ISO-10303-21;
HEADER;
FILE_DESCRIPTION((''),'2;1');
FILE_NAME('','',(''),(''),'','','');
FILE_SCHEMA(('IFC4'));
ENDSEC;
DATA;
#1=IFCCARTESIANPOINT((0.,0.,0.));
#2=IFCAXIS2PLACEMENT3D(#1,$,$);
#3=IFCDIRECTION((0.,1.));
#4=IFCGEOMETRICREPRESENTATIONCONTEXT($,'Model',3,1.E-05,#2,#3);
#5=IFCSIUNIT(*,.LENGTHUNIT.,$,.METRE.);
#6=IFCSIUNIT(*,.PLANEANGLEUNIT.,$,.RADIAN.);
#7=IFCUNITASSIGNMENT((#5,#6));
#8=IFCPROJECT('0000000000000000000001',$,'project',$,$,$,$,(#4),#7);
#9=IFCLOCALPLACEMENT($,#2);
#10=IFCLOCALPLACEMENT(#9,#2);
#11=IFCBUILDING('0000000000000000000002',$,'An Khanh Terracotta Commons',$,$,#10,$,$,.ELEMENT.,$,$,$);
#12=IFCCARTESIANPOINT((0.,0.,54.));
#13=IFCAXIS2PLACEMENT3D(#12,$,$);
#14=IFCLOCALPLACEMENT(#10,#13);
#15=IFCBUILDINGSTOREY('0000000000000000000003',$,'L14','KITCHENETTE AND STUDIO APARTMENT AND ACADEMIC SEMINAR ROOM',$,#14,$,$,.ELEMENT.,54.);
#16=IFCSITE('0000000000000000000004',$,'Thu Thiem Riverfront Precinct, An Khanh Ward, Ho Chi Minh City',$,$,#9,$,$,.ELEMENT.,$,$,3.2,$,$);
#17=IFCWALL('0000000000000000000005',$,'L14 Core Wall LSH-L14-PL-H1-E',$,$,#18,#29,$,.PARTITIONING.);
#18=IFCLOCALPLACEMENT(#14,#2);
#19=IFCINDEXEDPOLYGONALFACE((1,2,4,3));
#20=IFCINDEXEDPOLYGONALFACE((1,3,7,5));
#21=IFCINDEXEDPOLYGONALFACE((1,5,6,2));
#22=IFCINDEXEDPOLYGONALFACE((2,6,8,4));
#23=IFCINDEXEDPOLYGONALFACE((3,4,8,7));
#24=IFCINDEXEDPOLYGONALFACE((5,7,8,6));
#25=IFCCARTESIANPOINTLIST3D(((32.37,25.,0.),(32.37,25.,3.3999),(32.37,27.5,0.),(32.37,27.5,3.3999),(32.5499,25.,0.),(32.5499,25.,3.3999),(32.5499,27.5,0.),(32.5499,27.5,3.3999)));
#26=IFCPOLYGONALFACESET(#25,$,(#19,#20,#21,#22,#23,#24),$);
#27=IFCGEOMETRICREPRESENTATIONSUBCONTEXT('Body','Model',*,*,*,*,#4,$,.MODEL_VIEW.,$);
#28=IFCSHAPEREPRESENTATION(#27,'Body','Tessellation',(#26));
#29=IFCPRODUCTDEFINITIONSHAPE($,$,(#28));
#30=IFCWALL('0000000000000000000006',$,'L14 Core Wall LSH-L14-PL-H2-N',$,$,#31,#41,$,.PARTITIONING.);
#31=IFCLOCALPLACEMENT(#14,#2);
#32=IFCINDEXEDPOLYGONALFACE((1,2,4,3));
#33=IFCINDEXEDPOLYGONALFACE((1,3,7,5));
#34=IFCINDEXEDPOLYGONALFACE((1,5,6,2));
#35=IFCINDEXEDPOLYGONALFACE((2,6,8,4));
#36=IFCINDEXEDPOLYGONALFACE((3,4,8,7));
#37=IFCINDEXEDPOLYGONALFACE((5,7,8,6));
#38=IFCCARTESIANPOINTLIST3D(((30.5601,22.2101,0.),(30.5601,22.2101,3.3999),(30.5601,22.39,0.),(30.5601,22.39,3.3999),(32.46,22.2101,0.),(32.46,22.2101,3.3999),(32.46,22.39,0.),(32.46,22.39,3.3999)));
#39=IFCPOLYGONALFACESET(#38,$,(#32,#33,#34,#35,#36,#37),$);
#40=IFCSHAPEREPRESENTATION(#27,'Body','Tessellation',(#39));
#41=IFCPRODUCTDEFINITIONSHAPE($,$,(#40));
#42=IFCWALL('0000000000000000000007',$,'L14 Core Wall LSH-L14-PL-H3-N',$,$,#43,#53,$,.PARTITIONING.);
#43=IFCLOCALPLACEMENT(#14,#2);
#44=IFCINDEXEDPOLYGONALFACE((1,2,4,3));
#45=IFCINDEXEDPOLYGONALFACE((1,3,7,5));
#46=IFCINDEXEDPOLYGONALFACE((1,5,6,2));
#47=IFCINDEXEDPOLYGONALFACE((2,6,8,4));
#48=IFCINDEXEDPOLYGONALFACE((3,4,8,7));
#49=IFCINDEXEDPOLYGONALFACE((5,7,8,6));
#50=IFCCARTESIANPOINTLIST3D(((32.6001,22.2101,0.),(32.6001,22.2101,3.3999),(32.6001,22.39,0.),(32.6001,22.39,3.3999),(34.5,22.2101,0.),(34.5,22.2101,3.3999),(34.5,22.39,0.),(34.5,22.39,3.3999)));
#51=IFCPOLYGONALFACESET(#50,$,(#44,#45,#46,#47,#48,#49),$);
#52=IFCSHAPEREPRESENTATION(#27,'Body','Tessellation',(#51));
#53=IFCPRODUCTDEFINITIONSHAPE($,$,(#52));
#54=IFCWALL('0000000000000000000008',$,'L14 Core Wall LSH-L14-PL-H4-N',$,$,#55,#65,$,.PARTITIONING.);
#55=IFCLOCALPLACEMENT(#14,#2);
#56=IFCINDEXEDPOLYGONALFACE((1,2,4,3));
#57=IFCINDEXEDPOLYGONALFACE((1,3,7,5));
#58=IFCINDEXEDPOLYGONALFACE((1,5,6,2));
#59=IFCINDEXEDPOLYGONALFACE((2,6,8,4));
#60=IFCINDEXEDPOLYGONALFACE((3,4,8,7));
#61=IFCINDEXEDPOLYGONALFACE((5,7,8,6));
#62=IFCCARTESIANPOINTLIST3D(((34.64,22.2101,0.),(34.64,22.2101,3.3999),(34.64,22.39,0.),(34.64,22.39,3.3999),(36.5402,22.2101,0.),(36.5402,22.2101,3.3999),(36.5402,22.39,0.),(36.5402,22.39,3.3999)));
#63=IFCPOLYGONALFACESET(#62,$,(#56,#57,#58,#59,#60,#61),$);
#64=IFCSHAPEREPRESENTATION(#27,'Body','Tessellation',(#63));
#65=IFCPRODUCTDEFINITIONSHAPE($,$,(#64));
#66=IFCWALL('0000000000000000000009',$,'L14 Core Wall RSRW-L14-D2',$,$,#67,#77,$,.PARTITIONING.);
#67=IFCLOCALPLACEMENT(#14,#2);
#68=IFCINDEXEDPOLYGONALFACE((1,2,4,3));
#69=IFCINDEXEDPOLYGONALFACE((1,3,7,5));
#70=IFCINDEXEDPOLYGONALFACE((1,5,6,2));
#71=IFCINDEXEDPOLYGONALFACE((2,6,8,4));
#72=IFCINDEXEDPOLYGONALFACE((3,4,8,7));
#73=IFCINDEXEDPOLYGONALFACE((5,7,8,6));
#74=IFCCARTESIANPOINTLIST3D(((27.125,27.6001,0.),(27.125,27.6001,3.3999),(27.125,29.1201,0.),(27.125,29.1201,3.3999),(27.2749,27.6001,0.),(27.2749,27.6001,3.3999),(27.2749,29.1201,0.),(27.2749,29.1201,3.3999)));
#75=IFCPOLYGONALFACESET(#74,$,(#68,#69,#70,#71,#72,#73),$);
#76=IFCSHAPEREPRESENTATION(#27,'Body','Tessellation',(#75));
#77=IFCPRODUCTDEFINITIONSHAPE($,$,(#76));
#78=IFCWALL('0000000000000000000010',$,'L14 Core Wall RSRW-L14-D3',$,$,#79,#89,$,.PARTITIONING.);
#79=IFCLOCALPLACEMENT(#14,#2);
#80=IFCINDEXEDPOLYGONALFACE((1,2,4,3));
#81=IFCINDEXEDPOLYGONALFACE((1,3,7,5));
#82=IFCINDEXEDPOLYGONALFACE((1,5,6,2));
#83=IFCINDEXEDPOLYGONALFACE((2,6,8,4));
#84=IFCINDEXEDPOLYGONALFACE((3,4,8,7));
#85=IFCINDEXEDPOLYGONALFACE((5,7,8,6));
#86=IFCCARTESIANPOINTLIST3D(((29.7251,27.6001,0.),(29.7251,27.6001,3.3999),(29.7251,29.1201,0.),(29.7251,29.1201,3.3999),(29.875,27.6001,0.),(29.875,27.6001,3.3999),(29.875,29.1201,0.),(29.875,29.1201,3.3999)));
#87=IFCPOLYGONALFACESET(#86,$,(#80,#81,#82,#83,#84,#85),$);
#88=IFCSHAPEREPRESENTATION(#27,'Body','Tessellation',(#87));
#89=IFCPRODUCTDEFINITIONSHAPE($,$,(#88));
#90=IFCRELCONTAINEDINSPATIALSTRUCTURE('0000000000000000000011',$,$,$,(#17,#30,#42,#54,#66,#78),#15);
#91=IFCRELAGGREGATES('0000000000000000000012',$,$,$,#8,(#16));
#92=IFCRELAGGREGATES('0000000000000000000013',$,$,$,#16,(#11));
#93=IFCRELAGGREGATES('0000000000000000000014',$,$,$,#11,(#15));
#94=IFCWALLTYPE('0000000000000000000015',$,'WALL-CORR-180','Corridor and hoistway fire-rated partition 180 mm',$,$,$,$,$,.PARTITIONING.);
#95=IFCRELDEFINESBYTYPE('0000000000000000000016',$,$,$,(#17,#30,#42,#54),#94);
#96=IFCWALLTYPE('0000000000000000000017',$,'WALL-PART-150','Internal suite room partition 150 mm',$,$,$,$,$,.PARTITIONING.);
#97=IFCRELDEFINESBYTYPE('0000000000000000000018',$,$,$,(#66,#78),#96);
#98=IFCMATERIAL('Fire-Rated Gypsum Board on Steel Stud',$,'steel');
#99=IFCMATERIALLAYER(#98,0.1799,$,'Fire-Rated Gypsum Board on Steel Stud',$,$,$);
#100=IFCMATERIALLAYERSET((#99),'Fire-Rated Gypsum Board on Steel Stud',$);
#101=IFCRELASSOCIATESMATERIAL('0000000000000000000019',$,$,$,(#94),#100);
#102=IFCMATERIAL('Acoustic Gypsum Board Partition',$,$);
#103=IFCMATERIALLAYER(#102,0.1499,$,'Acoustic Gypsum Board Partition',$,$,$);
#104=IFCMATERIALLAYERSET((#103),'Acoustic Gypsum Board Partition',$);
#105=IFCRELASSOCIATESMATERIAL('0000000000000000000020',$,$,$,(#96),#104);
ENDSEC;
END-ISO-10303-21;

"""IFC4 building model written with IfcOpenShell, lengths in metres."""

from ifc_helpers import new_model, si_unit, direction, frame, frame_2d, origin, place, context, subcontext, project, spatial, rectangle, extrude, material, layer, layer_set, type_object, element, save


model = new_model("IFC4")

# Units and contexts
model_context = context("Model", 3, precision=1e-05, world=origin(), true_north=direction((0.0, 1.0)))
body_context = subcontext(model_context, "Body", "Model", "MODEL_VIEW")
ifc_project = project(units=[si_unit("LENGTHUNIT", "METRE"), si_unit("PLANEANGLEUNIT", "RADIAN")], contexts=[model_context])

# Site, building, storey
site_placement = place(None, origin())
site = spatial("IfcSite", under=ifc_project, at=site_placement, Name="Thu Thiem Riverfront Precinct, An Khanh Ward, Ho Chi Minh City", CompositionType="ELEMENT", RefElevation=3.2)
building_placement = place(site_placement, origin())
building = spatial("IfcBuilding", under=site, at=building_placement, Name="An Khanh Terracotta Commons", CompositionType="ELEMENT")
storey_placement = place(building_placement, frame((0.0, 0.0, 54.0)))
storey = spatial("IfcBuildingStorey", under=building, at=storey_placement, Name="L14", Description="KITCHENETTE AND STUDIO APARTMENT AND ACADEMIC SEMINAR ROOM", CompositionType="ELEMENT", Elevation=54.0)

# Shared definitions
ifc_material_1 = material(Name="Fire-Rated Gypsum Board on Steel Stud", Category="steel")
ifc_layer_1 = layer(ifc_material_1, 0.1799, Name="Fire-Rated Gypsum Board on Steel Stud")
ifc_layer_set_1 = layer_set([ifc_layer_1], Name="Fire-Rated Gypsum Board on Steel Stud")
wall_type_1 = type_object("IfcWallType", Name="WALL-CORR-180", Description="Corridor and hoistway fire-rated partition 180 mm", PredefinedType="PARTITIONING", material=ifc_layer_set_1)

# Walls
wall_1_placement = place(storey_placement, frame((32.46, 25.0, 0.0), z_axis=(0.0, 0.0, 1.0), x_axis=(0.0, 1.0, 0.0)))
element("IfcWall", 1, at=wall_1_placement, inside=storey, type_object=wall_type_1, Name="L14 Core Wall LSH-L14-PL-H1-E", PredefinedType="PARTITIONING", context=body_context, shape_type="SweptSolid", body=[
    extrude(rectangle(XDim=2.5, YDim=0.1799, at=frame_2d((1.25, 0.0))), origin(), (0.0, 0.0, 1.0), 3.3999),
])
for number, where, z_axis, x_axis, name in (
    (2, (30.5601, 22.3, 0.0), (0.0, 0.0, 1.0), (1.0, 0.0, 0.0), "L14 Core Wall LSH-L14-PL-H2-N"),
    (3, (32.6001, 22.3, 0.0), (0.0, 0.0, 1.0), (1.0, 0.0, 0.0), "L14 Core Wall LSH-L14-PL-H3-N"),
):
    element("IfcWall", number, at=place(storey_placement, frame(where, z_axis=z_axis, x_axis=x_axis)), inside=storey, type_object=wall_type_1, Name=name, PredefinedType="PARTITIONING", context=body_context, shape_type="SweptSolid", body=[
        extrude(rectangle(XDim=1.8999, YDim=0.1799, at=frame_2d((0.95, 0.0))), origin(), (0.0, 0.0, 1.0), 3.3999),
    ])
wall_2_placement = place(storey_placement, frame((34.6399, 22.3, 0.0), z_axis=(0.0, 0.0, 1.0), x_axis=(1.0, 0.0, 0.0)))
element("IfcWall", 4, at=wall_2_placement, inside=storey, type_object=wall_type_1, Name="L14 Core Wall LSH-L14-PL-H4-N", PredefinedType="PARTITIONING", context=body_context, shape_type="SweptSolid", body=[
    extrude(rectangle(XDim=1.9001, YDim=0.1799, at=frame_2d((0.9502, 0.0))), origin(), (0.0, 0.0, 1.0), 3.3999),
])
ifc_material_2 = material(Name="Acoustic Gypsum Board Partition")
ifc_layer_2 = layer(ifc_material_2, 0.1499, Name="Acoustic Gypsum Board Partition")
ifc_layer_set_2 = layer_set([ifc_layer_2], Name="Acoustic Gypsum Board Partition")
wall_type_2 = type_object("IfcWallType", Name="WALL-PART-150", Description="Internal suite room partition 150 mm", PredefinedType="PARTITIONING", material=ifc_layer_set_2)
for number, where, z_axis, x_axis, name in (
    (5, (27.2, 27.6001, 0.0), (0.0, 0.0, 1.0), (0.0, 1.0, 0.0), "L14 Core Wall RSRW-L14-D2"),
    (6, (29.8, 27.6001, 0.0), (0.0, 0.0, 1.0), (0.0, 1.0, 0.0), "L14 Core Wall RSRW-L14-D3"),
):
    element("IfcWall", number, at=place(storey_placement, frame(where, z_axis=z_axis, x_axis=x_axis)), inside=storey, type_object=wall_type_2, Name=name, PredefinedType="PARTITIONING", context=body_context, shape_type="SweptSolid", body=[
        extrude(rectangle(XDim=1.52, YDim=0.1499, at=frame_2d((0.76, 0.0))), origin(), (0.0, 0.0, 1.0), 3.3999),
    ])

save(model, "model.ifc")
